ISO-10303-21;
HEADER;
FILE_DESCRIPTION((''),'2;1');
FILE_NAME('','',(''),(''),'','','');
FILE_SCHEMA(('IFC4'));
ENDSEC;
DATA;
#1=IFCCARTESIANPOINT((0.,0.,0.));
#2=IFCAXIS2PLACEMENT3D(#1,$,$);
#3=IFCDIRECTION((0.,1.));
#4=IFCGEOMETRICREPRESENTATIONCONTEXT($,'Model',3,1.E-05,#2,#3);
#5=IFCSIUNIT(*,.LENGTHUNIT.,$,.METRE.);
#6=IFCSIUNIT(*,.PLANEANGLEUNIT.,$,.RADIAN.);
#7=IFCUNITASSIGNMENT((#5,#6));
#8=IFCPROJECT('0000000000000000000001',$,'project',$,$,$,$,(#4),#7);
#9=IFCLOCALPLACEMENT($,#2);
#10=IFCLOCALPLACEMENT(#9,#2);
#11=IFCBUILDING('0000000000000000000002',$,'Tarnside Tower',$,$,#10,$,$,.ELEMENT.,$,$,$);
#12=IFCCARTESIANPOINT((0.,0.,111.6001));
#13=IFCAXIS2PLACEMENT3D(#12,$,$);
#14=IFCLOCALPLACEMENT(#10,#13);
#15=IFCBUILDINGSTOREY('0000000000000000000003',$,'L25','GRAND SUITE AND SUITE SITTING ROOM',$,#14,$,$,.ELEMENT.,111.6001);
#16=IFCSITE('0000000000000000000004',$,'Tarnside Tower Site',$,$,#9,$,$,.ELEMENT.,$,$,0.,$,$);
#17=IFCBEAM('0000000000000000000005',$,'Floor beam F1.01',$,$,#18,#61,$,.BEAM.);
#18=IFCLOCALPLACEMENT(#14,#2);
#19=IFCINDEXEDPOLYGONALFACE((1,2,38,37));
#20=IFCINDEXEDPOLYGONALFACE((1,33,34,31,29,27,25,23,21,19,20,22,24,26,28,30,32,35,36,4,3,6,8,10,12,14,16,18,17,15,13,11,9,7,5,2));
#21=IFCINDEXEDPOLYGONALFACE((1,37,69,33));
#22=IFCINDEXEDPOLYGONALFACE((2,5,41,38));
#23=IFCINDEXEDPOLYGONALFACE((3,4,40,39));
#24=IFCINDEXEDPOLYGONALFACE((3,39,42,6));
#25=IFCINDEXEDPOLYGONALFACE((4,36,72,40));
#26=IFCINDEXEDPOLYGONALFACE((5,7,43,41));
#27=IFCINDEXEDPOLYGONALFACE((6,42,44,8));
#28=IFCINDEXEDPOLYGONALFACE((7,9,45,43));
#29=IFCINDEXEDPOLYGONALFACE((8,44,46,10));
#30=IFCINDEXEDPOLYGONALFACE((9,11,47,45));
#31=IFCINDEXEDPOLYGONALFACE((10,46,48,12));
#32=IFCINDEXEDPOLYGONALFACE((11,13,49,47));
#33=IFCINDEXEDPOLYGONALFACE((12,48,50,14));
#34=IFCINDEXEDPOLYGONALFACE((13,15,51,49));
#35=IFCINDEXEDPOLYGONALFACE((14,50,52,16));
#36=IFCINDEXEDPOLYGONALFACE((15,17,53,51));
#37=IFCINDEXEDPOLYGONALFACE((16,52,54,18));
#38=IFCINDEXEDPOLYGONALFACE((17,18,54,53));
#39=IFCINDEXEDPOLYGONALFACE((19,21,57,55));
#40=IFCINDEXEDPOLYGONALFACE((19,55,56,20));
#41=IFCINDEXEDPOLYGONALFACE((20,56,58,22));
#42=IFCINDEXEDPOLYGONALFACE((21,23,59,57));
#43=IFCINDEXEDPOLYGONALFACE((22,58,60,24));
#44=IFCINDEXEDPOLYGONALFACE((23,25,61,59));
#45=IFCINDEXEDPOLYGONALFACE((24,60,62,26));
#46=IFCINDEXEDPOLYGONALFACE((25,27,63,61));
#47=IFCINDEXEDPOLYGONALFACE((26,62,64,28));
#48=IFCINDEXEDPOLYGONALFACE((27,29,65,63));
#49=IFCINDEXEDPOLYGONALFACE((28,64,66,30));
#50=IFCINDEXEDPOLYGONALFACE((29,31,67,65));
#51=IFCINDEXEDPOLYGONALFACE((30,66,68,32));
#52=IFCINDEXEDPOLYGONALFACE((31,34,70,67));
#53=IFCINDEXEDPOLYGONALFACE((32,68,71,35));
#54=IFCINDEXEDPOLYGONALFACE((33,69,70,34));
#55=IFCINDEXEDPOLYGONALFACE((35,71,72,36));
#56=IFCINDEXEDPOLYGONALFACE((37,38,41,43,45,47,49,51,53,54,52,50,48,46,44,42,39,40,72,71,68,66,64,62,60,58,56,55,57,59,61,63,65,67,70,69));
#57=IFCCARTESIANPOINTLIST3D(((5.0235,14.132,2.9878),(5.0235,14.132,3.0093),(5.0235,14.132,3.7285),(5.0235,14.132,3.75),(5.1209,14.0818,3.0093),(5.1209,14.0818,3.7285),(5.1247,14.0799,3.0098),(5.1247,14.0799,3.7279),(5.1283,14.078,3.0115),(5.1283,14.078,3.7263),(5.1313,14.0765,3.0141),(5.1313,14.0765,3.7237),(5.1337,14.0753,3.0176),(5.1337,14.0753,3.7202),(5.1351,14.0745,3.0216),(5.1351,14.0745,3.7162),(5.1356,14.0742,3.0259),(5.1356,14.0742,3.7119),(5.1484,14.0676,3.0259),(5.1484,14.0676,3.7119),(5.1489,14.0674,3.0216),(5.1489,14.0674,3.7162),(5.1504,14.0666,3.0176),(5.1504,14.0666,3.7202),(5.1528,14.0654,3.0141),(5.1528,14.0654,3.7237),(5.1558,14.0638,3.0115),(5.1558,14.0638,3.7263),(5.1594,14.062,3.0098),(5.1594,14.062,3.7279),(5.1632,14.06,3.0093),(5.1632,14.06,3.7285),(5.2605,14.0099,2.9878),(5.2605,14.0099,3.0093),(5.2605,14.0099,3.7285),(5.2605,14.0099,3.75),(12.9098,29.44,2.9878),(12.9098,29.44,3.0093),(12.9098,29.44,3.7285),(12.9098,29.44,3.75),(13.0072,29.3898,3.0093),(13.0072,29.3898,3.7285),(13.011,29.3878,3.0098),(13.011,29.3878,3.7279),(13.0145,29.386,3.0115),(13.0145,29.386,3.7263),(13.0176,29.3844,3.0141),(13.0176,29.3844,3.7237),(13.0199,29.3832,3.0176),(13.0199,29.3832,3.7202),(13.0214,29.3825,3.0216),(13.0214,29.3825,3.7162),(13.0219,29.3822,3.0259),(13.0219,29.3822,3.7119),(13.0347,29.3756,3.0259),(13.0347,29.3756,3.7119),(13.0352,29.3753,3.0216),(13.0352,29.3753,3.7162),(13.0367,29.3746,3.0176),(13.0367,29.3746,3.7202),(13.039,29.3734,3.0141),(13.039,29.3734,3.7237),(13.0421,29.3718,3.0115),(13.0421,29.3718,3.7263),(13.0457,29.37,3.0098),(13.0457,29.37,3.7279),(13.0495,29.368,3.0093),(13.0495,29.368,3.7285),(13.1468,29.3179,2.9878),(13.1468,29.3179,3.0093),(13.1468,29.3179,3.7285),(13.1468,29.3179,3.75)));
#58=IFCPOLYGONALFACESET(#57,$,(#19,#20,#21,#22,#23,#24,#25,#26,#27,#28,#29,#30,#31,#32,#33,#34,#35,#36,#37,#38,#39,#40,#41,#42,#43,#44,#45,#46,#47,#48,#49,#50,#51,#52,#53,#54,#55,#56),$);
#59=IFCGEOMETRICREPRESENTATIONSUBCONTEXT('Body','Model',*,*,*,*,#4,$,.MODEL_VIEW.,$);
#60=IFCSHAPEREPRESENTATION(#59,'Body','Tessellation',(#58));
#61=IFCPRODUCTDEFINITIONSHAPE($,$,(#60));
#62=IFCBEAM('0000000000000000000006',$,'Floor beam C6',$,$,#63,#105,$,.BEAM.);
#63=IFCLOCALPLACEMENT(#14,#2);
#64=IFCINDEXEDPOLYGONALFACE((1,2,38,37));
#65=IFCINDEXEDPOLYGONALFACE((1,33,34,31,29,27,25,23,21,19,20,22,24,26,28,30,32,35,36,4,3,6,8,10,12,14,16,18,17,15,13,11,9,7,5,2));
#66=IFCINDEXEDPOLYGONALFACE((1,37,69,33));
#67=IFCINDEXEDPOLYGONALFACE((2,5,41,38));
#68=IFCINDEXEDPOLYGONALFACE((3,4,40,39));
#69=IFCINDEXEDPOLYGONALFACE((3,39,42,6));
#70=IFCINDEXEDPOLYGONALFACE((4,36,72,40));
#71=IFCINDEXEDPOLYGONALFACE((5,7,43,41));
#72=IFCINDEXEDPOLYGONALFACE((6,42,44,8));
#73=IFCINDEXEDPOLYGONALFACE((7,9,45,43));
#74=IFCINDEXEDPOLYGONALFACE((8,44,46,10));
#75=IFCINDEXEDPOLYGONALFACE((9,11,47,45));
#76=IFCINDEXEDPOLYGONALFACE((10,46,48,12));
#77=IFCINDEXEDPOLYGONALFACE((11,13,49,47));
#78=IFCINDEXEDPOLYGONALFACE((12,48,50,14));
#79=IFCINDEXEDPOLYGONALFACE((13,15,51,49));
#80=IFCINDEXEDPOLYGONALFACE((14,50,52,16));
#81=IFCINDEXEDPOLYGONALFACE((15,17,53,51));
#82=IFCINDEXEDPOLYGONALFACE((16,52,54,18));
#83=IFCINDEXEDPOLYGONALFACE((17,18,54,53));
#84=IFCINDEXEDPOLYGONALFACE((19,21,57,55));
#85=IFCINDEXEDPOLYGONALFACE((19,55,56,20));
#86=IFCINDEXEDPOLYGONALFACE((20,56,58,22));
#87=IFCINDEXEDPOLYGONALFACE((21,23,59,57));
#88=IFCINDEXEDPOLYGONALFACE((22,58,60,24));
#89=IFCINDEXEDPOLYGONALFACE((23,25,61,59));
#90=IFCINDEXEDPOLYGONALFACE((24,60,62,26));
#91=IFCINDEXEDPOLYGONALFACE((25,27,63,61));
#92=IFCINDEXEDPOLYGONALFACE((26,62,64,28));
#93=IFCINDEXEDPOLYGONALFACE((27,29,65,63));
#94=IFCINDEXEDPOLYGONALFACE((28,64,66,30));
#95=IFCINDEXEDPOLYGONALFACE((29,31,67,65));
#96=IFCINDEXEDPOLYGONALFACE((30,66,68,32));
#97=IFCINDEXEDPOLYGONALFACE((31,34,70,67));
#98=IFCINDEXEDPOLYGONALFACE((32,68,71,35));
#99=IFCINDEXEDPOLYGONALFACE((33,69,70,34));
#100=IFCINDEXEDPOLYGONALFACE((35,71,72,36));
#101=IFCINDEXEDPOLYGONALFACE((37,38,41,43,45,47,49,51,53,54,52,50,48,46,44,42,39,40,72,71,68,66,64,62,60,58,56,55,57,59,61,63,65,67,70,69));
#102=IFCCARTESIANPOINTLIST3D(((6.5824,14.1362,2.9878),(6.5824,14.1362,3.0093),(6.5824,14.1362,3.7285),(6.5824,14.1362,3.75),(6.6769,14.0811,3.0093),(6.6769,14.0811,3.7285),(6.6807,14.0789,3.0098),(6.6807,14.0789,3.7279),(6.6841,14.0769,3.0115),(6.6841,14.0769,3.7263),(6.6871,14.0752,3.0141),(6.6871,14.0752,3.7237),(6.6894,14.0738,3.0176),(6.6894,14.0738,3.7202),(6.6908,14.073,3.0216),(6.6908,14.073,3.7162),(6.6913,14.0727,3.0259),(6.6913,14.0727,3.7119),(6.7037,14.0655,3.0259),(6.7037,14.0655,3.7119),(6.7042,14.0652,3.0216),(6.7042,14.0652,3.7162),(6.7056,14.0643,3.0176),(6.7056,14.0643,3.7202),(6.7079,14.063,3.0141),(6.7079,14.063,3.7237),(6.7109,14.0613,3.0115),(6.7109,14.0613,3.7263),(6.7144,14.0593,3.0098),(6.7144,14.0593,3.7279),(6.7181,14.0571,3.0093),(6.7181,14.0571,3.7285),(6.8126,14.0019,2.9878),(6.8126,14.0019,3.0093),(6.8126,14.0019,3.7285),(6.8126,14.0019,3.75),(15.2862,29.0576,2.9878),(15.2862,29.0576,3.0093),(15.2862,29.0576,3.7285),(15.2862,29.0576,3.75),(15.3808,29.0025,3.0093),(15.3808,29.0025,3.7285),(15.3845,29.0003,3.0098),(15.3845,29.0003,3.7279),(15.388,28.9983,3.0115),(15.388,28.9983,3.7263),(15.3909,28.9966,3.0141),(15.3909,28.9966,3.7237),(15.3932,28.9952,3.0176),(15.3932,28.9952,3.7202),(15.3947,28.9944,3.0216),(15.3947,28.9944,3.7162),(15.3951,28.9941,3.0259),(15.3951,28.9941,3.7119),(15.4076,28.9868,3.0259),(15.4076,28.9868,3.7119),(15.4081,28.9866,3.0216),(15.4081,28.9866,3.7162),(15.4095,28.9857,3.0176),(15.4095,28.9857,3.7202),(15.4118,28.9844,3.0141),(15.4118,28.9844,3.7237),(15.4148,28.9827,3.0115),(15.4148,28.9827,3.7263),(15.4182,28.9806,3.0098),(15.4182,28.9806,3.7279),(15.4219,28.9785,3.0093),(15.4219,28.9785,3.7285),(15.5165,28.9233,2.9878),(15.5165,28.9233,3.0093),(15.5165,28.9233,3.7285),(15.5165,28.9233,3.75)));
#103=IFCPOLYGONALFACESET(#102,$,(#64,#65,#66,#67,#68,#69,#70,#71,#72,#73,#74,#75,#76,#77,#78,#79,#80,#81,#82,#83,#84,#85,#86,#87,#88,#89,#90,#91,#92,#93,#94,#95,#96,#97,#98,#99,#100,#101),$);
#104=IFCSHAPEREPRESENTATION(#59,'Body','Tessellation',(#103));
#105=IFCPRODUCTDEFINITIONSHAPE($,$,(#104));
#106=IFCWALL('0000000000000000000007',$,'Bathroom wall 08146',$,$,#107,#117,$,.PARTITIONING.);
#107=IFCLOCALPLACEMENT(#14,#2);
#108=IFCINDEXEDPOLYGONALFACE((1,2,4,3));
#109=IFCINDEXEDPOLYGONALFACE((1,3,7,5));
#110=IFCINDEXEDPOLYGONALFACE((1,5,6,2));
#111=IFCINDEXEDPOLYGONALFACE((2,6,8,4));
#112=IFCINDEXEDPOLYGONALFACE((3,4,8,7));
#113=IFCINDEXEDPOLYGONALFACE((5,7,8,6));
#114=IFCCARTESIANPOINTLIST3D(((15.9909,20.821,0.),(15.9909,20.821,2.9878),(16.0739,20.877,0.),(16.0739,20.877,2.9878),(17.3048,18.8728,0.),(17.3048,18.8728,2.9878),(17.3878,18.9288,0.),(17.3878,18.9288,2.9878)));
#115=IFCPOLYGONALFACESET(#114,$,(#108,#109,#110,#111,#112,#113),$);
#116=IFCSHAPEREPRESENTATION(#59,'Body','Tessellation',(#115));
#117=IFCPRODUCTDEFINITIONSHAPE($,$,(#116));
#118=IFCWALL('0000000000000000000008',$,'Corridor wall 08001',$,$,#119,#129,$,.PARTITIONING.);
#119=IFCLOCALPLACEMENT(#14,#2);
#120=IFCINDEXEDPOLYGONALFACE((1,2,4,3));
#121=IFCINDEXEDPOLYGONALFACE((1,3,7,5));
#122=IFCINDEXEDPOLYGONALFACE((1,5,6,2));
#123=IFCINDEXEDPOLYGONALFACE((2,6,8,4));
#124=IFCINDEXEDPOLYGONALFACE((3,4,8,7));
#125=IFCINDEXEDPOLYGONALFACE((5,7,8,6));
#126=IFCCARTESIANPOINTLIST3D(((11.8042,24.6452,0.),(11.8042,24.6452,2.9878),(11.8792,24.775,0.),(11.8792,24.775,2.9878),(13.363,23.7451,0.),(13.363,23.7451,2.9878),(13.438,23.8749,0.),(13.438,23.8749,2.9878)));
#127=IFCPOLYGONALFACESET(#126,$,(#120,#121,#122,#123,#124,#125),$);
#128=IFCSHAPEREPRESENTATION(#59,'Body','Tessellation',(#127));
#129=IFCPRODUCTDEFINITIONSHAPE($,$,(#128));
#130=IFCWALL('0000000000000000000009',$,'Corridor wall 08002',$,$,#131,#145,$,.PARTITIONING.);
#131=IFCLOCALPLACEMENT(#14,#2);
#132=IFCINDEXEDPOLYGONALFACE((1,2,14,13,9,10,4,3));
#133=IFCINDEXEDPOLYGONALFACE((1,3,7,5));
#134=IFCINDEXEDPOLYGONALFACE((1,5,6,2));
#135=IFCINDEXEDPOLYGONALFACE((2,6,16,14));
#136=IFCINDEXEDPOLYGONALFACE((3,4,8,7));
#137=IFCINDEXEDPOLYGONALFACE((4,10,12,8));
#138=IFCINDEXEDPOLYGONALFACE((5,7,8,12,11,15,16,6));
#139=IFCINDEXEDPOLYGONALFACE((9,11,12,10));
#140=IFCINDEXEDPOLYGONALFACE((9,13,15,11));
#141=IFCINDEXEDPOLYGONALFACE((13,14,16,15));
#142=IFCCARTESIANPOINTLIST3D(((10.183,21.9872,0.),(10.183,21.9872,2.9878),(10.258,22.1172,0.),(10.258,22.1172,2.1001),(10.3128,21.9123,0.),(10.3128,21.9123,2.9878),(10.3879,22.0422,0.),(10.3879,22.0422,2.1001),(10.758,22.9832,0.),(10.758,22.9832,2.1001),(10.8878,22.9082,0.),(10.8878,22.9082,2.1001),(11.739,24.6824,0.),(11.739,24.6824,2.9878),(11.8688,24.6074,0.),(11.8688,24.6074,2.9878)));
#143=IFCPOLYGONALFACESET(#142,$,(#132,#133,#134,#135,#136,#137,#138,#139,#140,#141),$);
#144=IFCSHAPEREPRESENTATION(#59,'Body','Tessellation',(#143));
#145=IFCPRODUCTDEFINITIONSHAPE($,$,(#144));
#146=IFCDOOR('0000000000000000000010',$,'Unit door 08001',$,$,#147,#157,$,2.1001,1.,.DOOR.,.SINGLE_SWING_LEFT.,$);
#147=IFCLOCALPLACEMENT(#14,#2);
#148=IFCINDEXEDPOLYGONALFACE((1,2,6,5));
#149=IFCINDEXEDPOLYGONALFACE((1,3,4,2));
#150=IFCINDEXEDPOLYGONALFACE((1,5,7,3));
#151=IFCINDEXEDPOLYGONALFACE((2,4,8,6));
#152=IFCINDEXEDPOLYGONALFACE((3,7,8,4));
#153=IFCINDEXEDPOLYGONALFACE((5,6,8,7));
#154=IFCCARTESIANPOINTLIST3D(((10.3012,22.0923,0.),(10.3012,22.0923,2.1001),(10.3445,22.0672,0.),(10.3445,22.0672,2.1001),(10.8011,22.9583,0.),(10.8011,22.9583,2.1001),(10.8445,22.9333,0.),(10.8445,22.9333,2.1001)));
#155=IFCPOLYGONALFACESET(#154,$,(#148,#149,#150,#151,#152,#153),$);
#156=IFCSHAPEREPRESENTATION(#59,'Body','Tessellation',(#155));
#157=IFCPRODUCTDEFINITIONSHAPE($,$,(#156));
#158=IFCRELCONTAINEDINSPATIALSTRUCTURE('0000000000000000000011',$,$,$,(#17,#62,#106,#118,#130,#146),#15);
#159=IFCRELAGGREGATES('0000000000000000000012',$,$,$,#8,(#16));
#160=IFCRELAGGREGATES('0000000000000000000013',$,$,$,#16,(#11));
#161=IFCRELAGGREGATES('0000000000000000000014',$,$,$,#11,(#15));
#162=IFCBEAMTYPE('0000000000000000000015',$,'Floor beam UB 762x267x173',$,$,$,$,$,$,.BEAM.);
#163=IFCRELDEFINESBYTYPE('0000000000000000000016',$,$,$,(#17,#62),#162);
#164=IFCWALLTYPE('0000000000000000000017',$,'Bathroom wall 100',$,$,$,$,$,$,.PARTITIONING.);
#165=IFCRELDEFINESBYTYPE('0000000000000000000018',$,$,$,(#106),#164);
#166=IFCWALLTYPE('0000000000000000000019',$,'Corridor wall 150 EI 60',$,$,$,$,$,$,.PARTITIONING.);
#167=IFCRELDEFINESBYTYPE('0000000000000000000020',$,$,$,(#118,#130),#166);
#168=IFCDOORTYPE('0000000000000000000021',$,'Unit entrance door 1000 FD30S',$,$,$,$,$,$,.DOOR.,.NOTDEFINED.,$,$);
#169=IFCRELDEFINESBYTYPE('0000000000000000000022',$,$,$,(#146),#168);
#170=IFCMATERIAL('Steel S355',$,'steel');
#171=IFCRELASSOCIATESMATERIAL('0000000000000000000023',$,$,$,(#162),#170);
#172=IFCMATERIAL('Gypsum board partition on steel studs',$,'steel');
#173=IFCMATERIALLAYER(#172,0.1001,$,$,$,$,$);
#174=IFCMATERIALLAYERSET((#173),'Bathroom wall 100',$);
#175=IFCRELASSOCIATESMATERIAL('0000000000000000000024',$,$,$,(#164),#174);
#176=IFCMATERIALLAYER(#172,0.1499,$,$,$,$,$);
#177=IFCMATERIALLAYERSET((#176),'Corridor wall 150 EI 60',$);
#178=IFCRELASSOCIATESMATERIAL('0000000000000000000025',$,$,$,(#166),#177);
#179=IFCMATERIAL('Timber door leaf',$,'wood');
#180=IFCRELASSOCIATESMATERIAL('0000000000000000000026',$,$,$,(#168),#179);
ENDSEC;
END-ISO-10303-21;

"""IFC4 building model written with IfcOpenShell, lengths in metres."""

from ifc_helpers import new_model, si_unit, direction, frame, frame_2d, origin, origin_2d, place, context, subcontext, project, spatial, rectangle, i_section, extrude, material, layer, layer_set, material_profile, profile_set, type_object, element, fill, save


model = new_model("IFC4")

# Units and contexts
model_context = context("Model", 3, precision=1e-05, world=origin(), true_north=direction((0.0, 1.0)))
body_context = subcontext(model_context, "Body", "Model", "MODEL_VIEW")
ifc_project = project(units=[si_unit("LENGTHUNIT", "METRE"), si_unit("PLANEANGLEUNIT", "RADIAN")], contexts=[model_context])

# Site, building, storey
site_placement = place(None, origin())
site = spatial("IfcSite", under=ifc_project, at=site_placement, Name="Tarnside Tower Site", CompositionType="ELEMENT", RefElevation=0.0)
building_placement = place(site_placement, origin())
building = spatial("IfcBuilding", under=site, at=building_placement, Name="Tarnside Tower", CompositionType="ELEMENT")
storey_placement = place(building_placement, frame((0.0, 0.0, 111.6001)))
storey = spatial("IfcBuildingStorey", under=building, at=storey_placement, Name="L25", Description="GRAND SUITE AND SUITE SITTING ROOM", CompositionType="ELEMENT", Elevation=111.6001)

# Beams
ifc_material_1 = material(Name="Steel S355", Category="steel")
ifc_material_profile = material_profile(ifc_material_1, i_section(OverallWidth=0.2666, OverallDepth=0.7622, WebThickness=0.0144, FlangeThickness=0.0215, FilletRadius=0.0166, at=origin_2d()), Name="UB 762x267x173")
ifc_profile_set = profile_set([ifc_material_profile], Name="Steel S355")
beam_type = type_object("IfcBeamType", Name="Floor beam UB 762x267x173", PredefinedType="BEAM", material=ifc_profile_set)
beam_1_placement = place(storey_placement, frame((13.0283, 29.3789, 3.3689), z_axis=(-0.457973, -0.888966, 0.0), x_axis=(0.888966, -0.457973, 0.0)))
element("IfcBeam", 1, at=beam_1_placement, inside=storey, type_object=beam_type, Name="Floor beam F1.01", PredefinedType="BEAM", context=body_context, shape_type="SweptSolid", body=[
    extrude(i_section(OverallWidth=0.2666, OverallDepth=0.7622, WebThickness=0.0144, FlangeThickness=0.0215, FilletRadius=0.0166, at=origin_2d()), origin(), (0.0, 0.0, 1.0), 17.22),
])
beam_2_placement = place(storey_placement, frame((15.4014, 28.9905, 3.3689), z_axis=(-0.503859, -0.863786, 0.0), x_axis=(0.863786, -0.503859, 0.0)))
element("IfcBeam", 2, at=beam_2_placement, inside=storey, type_object=beam_type, Name="Floor beam C6", PredefinedType="BEAM", context=body_context, shape_type="SweptSolid", body=[
    extrude(i_section(OverallWidth=0.2666, OverallDepth=0.7622, WebThickness=0.0144, FlangeThickness=0.0215, FilletRadius=0.0166, at=origin_2d()), origin(), (0.0, 0.0, 1.0), 17.2744),
])

# Walls
ifc_material_2 = material(Name="Gypsum board partition on steel studs", Category="steel")
ifc_layer_1 = layer(ifc_material_2, 0.1001)
ifc_layer_set_1 = layer_set([ifc_layer_1], Name="Bathroom wall 100")
wall_type_1 = type_object("IfcWallType", Name="Bathroom wall 100", PredefinedType="PARTITIONING", material=ifc_layer_set_1)
wall_1_placement = place(storey_placement, frame((16.0325, 20.8489, 0.0), z_axis=(0.0, 0.0, 1.0), x_axis=(0.559152, -0.829065, 0.0)))
element("IfcWall", 3, at=wall_1_placement, inside=storey, type_object=wall_type_1, Name="Bathroom wall 08146", PredefinedType="PARTITIONING", context=body_context, shape_type="SweptSolid", body=[
    extrude(rectangle(XDim=2.3499, YDim=0.1001, at=frame_2d((1.1748, 0.0))), origin(), (0.0, 0.0, 1.0), 2.9878),
])
ifc_layer_2 = layer(ifc_material_2, 0.1499)
ifc_layer_set_2 = layer_set([ifc_layer_2], Name="Corridor wall 150 EI 60")
wall_type_2 = type_object("IfcWallType", Name="Corridor wall 150 EI 60", PredefinedType="PARTITIONING", material=ifc_layer_set_2)
wall_2_placement = place(storey_placement, frame((13.4004, 23.8101, 0.0), z_axis=(0.0, 0.0, 1.0), x_axis=(-0.865989, 0.500063, 0.0)))
element("IfcWall", 4, at=wall_2_placement, inside=storey, type_object=wall_type_2, Name="Corridor wall 08001", PredefinedType="PARTITIONING", context=body_context, shape_type="SweptSolid", body=[
    extrude(rectangle(XDim=1.8, YDim=0.1499, at=frame_2d((0.8999, 0.0))), origin(), (0.0, 0.0, 1.0), 2.9878),
])

# Wall, opening, door
wall_3_placement = place(storey_placement, frame((11.804, 24.645, 0.0), z_axis=(0.0, 0.0, 1.0), x_axis=(-0.499978, -0.866038, 0.0)))
wall_3 = element("IfcWall", 5, at=wall_3_placement, inside=storey, type_object=wall_type_2, Name="Corridor wall 08002", PredefinedType="PARTITIONING", context=body_context, shape_type="SweptSolid", body=[
    extrude(rectangle(XDim=3.1121, YDim=0.1499, at=frame_2d((1.5562, 0.0))), origin(), (0.0, 0.0, 1.0), 2.9878),
])
opening_1_placement = place(wall_3_placement, frame((1.9622, 0.0, 0.0)))
opening_1 = element("IfcOpeningElement", 6, at=opening_1_placement, cuts=wall_3, PredefinedType="OPENING", context=body_context, shape_type="SweptSolid", body=[
    extrude(rectangle(XDim=1.0, YDim=2.1001, at=frame_2d((0.5, 1.05))), frame((0.0, 0.085, 0.0), z_axis=(0.0, -1.0, 0.0), x_axis=(1.0, 0.0, 0.0)), (0.0, 0.0, 1.0), 0.1699),
])
ifc_material_3 = material(Name="Timber door leaf", Category="wood")
door_type = type_object("IfcDoorType", Name="Unit entrance door 1000 FD30S", OperationType="NOTDEFINED", PredefinedType="DOOR", material=ifc_material_3)
door_1_placement = place(opening_1_placement, origin())
door_1 = element("IfcDoor", 7, at=door_1_placement, inside=storey, type_object=door_type, Name="Unit door 08001", OperationType="SINGLE_SWING_LEFT", OverallHeight=2.1001, OverallWidth=1.0, PredefinedType="DOOR", context=body_context, shape_type="SweptSolid", body=[
    extrude(rectangle(XDim=1.0, YDim=2.1001, at=frame_2d((0.5, 1.05))), frame((0.0, 0.0249, 0.0), z_axis=(0.0, -1.0, 0.0), x_axis=(1.0, 0.0, 0.0)), (0.0, 0.0, 1.0), 0.05),
])
fill(opening_1, door_1)

save(model, "model.ifc")
